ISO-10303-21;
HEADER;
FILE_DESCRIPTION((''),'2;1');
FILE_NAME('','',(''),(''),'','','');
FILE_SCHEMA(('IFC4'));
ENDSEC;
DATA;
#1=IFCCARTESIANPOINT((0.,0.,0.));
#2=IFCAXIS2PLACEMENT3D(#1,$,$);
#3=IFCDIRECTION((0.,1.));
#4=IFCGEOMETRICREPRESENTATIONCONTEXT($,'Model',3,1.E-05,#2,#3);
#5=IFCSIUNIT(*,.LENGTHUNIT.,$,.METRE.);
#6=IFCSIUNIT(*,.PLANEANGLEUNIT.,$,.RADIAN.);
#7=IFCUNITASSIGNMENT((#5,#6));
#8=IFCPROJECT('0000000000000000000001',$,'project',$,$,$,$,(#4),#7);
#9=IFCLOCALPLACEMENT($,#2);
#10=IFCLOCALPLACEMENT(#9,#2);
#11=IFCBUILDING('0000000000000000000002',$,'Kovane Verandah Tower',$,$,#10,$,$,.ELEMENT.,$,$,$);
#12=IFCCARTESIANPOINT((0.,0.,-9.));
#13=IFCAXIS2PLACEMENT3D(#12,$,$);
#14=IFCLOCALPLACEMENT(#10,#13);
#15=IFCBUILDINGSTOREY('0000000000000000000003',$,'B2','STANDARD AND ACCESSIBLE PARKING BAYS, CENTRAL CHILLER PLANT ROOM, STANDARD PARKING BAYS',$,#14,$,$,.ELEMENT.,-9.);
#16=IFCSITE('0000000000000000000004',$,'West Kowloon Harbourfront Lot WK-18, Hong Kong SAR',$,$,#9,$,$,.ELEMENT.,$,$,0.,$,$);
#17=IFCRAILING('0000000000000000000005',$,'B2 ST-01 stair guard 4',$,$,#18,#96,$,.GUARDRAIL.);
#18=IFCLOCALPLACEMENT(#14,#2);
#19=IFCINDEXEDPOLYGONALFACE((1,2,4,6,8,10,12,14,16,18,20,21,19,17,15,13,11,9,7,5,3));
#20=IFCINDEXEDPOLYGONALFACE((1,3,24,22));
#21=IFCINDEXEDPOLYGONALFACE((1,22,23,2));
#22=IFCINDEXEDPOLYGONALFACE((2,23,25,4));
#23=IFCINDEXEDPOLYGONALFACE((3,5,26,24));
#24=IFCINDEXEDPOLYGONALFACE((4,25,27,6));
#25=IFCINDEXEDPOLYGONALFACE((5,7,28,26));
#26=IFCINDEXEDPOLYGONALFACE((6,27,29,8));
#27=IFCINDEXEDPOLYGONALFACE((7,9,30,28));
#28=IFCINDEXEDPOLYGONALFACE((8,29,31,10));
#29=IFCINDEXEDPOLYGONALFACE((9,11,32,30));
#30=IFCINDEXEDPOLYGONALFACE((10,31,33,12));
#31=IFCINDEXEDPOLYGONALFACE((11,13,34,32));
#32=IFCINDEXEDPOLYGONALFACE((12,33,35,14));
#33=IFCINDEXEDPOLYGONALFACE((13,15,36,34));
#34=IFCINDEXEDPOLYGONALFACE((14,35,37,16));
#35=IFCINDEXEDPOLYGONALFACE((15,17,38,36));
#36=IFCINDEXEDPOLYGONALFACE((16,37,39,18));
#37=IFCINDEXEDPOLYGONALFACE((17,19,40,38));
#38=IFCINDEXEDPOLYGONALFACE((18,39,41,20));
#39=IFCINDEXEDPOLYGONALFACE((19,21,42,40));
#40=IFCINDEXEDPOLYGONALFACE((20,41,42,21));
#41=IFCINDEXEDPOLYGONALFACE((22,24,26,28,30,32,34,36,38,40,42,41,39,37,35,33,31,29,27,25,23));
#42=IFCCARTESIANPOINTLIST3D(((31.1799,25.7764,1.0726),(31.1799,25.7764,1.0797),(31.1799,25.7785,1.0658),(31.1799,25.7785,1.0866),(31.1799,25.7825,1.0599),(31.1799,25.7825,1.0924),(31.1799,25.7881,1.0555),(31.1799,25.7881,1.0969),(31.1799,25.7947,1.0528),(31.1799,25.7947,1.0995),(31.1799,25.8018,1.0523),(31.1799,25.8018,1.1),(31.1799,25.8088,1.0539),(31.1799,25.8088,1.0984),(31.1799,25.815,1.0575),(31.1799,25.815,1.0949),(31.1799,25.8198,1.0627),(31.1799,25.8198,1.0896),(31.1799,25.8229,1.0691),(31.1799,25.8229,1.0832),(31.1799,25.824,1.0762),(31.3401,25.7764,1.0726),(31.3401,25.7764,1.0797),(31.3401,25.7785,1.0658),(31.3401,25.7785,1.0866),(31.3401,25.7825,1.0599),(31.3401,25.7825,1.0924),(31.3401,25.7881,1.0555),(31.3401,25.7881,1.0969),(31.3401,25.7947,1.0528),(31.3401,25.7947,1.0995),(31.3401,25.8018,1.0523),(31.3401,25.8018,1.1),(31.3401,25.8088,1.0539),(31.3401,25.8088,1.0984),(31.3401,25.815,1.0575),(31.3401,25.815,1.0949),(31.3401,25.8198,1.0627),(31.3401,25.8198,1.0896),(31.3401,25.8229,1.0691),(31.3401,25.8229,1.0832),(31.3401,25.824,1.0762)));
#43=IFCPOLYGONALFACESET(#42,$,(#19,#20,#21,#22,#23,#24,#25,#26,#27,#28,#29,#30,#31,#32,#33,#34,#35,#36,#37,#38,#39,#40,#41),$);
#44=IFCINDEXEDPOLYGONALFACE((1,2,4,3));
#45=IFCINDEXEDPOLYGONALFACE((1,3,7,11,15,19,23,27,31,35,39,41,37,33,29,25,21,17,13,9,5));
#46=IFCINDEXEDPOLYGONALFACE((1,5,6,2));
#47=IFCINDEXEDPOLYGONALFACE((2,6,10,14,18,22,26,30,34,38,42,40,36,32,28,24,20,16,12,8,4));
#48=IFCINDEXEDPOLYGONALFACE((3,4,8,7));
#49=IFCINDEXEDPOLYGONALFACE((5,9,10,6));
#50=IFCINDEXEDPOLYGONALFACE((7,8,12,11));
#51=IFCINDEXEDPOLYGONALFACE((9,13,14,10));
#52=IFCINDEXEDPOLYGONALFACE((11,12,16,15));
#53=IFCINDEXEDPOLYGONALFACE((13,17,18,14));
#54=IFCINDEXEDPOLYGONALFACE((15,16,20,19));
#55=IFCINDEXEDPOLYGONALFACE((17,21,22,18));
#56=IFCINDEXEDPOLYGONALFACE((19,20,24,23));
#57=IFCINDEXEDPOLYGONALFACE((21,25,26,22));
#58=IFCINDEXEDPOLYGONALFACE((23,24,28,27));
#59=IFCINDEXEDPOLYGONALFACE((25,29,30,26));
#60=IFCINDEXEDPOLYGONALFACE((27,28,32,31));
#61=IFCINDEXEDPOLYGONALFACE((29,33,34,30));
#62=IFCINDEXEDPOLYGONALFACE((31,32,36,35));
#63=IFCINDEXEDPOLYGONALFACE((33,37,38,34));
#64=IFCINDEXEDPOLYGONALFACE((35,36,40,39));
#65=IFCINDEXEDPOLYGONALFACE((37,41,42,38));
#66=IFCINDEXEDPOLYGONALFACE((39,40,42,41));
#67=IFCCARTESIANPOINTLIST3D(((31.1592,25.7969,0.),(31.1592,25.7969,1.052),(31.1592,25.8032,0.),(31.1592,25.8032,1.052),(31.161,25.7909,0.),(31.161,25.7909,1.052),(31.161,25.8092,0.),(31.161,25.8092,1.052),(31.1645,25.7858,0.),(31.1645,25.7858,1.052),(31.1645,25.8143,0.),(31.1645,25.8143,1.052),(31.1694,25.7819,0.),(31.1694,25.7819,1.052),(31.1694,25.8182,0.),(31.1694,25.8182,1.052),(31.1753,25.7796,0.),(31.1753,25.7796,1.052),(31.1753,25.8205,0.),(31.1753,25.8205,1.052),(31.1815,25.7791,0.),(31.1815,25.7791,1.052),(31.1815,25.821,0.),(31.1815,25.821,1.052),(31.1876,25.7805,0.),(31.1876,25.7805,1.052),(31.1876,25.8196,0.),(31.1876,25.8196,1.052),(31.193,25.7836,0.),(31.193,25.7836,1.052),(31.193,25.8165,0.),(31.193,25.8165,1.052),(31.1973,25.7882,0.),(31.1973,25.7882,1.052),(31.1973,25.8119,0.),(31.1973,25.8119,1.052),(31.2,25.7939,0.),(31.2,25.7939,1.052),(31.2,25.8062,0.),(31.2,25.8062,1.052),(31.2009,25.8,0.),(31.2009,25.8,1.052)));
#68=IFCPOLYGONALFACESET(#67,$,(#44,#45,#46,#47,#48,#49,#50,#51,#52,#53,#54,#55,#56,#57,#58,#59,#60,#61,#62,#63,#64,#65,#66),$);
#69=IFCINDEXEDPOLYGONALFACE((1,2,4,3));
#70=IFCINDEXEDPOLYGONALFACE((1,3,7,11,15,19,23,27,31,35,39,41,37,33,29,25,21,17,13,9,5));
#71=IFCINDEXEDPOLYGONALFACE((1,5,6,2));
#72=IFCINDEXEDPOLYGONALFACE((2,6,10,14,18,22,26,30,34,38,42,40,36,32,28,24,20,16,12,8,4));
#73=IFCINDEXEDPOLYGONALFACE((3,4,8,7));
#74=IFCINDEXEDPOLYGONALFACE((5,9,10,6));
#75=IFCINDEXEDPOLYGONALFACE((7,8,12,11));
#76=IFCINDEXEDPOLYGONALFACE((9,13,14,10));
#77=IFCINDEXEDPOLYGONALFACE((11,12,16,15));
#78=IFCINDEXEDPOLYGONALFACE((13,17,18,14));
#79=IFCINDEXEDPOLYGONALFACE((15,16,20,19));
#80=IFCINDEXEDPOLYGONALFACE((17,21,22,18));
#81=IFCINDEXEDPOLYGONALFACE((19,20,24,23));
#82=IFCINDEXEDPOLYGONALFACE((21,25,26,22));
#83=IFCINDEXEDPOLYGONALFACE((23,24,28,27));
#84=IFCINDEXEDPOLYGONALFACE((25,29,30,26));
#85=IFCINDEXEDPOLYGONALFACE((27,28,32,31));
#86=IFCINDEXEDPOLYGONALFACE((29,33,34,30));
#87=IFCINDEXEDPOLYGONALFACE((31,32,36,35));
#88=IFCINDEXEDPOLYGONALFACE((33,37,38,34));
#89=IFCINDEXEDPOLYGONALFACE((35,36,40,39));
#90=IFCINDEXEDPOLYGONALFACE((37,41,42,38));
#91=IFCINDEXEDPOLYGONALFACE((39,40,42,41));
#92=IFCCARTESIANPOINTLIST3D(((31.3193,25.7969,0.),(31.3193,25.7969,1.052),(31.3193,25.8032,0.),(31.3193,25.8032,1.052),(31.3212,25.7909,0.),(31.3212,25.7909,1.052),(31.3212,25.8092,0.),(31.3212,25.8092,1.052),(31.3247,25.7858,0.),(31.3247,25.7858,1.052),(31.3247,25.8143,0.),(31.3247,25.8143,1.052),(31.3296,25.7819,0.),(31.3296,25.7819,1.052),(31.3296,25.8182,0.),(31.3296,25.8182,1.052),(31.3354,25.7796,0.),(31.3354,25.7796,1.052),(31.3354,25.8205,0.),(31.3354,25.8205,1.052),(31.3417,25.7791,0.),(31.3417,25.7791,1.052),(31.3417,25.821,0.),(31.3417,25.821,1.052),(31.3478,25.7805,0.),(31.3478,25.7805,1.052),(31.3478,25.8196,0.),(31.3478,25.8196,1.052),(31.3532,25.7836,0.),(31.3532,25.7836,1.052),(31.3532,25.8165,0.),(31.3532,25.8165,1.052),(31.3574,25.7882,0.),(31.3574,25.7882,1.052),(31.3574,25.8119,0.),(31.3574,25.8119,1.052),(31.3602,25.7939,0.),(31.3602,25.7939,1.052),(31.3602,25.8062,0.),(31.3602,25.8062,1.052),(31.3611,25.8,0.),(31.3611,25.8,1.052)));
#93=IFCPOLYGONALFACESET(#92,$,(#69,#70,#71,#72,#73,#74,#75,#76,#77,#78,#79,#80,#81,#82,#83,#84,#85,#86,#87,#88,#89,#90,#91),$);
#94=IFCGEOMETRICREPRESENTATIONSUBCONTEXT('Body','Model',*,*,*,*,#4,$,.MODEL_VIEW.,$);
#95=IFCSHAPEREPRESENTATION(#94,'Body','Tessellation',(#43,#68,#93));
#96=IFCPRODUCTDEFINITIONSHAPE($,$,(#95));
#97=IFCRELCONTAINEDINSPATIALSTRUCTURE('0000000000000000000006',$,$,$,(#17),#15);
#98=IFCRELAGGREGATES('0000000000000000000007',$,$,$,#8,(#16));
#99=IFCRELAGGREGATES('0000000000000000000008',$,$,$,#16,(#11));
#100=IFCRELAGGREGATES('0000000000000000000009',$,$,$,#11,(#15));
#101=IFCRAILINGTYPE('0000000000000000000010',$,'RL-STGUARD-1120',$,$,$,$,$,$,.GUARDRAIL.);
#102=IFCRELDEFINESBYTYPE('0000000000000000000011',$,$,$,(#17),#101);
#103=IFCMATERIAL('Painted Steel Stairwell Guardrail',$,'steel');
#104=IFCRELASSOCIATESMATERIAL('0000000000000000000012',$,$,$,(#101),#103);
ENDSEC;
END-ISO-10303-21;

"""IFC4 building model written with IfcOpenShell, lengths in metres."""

from ifc_helpers import new_model, si_unit, direction, frame, origin, origin_2d, place, context, subcontext, project, spatial, circle, extrude, material, type_object, element, save


model = new_model("IFC4")

# Units and contexts
model_context = context("Model", 3, precision=1e-05, world=origin(), true_north=direction((0.0, 1.0)))
body_context = subcontext(model_context, "Body", "Model", "MODEL_VIEW")
ifc_project = project(units=[si_unit("LENGTHUNIT", "METRE"), si_unit("PLANEANGLEUNIT", "RADIAN")], contexts=[model_context])

# Site, building, storey
site_placement = place(None, origin())
site = spatial("IfcSite", under=ifc_project, at=site_placement, Name="West Kowloon Harbourfront Lot WK-18, Hong Kong SAR", CompositionType="ELEMENT", RefElevation=0.0)
building_placement = place(site_placement, origin())
building = spatial("IfcBuilding", under=site, at=building_placement, Name="Kovane Verandah Tower", CompositionType="ELEMENT")
storey_placement = place(building_placement, frame((0.0, 0.0, -9.0)))
storey = spatial("IfcBuildingStorey", under=building, at=storey_placement, Name="B2", Description="STANDARD AND ACCESSIBLE PARKING BAYS, CENTRAL CHILLER PLANT ROOM, STANDARD PARKING BAYS", CompositionType="ELEMENT", Elevation=-9.0)

# Railing
ifc_material_1 = material(Name="Painted Steel Stairwell Guardrail", Category="steel")
railing_type_1 = type_object("IfcRailingType", Name="RL-STGUARD-1120", PredefinedType="GUARDRAIL", material=ifc_material_1)
railing_1_placement = place(storey_placement, frame((31.1799, 25.8, 0.0)))
element("IfcRailing", 1, at=railing_1_placement, inside=storey, type_object=railing_type_1, Name="B2 ST-01 stair guard 4", PredefinedType="GUARDRAIL", context=body_context, shape_type="SweptSolid", body=[
    extrude(circle(Radius=0.0239, at=origin_2d()), frame((0.0, 0.0, 1.0762), z_axis=(1.0, 0.0, 0.0), x_axis=(0.0, 1.0, 0.0)), (0.0, 0.0, 1.0), 0.1602),
    extrude(circle(Radius=0.021, at=origin_2d()), origin(), (0.0, 0.0, 1.0), 1.052),
    extrude(circle(Radius=0.021, at=origin_2d()), frame((0.1602, 0.0, 0.0)), (0.0, 0.0, 1.0), 1.052),
])

save(model, "model.ifc")
